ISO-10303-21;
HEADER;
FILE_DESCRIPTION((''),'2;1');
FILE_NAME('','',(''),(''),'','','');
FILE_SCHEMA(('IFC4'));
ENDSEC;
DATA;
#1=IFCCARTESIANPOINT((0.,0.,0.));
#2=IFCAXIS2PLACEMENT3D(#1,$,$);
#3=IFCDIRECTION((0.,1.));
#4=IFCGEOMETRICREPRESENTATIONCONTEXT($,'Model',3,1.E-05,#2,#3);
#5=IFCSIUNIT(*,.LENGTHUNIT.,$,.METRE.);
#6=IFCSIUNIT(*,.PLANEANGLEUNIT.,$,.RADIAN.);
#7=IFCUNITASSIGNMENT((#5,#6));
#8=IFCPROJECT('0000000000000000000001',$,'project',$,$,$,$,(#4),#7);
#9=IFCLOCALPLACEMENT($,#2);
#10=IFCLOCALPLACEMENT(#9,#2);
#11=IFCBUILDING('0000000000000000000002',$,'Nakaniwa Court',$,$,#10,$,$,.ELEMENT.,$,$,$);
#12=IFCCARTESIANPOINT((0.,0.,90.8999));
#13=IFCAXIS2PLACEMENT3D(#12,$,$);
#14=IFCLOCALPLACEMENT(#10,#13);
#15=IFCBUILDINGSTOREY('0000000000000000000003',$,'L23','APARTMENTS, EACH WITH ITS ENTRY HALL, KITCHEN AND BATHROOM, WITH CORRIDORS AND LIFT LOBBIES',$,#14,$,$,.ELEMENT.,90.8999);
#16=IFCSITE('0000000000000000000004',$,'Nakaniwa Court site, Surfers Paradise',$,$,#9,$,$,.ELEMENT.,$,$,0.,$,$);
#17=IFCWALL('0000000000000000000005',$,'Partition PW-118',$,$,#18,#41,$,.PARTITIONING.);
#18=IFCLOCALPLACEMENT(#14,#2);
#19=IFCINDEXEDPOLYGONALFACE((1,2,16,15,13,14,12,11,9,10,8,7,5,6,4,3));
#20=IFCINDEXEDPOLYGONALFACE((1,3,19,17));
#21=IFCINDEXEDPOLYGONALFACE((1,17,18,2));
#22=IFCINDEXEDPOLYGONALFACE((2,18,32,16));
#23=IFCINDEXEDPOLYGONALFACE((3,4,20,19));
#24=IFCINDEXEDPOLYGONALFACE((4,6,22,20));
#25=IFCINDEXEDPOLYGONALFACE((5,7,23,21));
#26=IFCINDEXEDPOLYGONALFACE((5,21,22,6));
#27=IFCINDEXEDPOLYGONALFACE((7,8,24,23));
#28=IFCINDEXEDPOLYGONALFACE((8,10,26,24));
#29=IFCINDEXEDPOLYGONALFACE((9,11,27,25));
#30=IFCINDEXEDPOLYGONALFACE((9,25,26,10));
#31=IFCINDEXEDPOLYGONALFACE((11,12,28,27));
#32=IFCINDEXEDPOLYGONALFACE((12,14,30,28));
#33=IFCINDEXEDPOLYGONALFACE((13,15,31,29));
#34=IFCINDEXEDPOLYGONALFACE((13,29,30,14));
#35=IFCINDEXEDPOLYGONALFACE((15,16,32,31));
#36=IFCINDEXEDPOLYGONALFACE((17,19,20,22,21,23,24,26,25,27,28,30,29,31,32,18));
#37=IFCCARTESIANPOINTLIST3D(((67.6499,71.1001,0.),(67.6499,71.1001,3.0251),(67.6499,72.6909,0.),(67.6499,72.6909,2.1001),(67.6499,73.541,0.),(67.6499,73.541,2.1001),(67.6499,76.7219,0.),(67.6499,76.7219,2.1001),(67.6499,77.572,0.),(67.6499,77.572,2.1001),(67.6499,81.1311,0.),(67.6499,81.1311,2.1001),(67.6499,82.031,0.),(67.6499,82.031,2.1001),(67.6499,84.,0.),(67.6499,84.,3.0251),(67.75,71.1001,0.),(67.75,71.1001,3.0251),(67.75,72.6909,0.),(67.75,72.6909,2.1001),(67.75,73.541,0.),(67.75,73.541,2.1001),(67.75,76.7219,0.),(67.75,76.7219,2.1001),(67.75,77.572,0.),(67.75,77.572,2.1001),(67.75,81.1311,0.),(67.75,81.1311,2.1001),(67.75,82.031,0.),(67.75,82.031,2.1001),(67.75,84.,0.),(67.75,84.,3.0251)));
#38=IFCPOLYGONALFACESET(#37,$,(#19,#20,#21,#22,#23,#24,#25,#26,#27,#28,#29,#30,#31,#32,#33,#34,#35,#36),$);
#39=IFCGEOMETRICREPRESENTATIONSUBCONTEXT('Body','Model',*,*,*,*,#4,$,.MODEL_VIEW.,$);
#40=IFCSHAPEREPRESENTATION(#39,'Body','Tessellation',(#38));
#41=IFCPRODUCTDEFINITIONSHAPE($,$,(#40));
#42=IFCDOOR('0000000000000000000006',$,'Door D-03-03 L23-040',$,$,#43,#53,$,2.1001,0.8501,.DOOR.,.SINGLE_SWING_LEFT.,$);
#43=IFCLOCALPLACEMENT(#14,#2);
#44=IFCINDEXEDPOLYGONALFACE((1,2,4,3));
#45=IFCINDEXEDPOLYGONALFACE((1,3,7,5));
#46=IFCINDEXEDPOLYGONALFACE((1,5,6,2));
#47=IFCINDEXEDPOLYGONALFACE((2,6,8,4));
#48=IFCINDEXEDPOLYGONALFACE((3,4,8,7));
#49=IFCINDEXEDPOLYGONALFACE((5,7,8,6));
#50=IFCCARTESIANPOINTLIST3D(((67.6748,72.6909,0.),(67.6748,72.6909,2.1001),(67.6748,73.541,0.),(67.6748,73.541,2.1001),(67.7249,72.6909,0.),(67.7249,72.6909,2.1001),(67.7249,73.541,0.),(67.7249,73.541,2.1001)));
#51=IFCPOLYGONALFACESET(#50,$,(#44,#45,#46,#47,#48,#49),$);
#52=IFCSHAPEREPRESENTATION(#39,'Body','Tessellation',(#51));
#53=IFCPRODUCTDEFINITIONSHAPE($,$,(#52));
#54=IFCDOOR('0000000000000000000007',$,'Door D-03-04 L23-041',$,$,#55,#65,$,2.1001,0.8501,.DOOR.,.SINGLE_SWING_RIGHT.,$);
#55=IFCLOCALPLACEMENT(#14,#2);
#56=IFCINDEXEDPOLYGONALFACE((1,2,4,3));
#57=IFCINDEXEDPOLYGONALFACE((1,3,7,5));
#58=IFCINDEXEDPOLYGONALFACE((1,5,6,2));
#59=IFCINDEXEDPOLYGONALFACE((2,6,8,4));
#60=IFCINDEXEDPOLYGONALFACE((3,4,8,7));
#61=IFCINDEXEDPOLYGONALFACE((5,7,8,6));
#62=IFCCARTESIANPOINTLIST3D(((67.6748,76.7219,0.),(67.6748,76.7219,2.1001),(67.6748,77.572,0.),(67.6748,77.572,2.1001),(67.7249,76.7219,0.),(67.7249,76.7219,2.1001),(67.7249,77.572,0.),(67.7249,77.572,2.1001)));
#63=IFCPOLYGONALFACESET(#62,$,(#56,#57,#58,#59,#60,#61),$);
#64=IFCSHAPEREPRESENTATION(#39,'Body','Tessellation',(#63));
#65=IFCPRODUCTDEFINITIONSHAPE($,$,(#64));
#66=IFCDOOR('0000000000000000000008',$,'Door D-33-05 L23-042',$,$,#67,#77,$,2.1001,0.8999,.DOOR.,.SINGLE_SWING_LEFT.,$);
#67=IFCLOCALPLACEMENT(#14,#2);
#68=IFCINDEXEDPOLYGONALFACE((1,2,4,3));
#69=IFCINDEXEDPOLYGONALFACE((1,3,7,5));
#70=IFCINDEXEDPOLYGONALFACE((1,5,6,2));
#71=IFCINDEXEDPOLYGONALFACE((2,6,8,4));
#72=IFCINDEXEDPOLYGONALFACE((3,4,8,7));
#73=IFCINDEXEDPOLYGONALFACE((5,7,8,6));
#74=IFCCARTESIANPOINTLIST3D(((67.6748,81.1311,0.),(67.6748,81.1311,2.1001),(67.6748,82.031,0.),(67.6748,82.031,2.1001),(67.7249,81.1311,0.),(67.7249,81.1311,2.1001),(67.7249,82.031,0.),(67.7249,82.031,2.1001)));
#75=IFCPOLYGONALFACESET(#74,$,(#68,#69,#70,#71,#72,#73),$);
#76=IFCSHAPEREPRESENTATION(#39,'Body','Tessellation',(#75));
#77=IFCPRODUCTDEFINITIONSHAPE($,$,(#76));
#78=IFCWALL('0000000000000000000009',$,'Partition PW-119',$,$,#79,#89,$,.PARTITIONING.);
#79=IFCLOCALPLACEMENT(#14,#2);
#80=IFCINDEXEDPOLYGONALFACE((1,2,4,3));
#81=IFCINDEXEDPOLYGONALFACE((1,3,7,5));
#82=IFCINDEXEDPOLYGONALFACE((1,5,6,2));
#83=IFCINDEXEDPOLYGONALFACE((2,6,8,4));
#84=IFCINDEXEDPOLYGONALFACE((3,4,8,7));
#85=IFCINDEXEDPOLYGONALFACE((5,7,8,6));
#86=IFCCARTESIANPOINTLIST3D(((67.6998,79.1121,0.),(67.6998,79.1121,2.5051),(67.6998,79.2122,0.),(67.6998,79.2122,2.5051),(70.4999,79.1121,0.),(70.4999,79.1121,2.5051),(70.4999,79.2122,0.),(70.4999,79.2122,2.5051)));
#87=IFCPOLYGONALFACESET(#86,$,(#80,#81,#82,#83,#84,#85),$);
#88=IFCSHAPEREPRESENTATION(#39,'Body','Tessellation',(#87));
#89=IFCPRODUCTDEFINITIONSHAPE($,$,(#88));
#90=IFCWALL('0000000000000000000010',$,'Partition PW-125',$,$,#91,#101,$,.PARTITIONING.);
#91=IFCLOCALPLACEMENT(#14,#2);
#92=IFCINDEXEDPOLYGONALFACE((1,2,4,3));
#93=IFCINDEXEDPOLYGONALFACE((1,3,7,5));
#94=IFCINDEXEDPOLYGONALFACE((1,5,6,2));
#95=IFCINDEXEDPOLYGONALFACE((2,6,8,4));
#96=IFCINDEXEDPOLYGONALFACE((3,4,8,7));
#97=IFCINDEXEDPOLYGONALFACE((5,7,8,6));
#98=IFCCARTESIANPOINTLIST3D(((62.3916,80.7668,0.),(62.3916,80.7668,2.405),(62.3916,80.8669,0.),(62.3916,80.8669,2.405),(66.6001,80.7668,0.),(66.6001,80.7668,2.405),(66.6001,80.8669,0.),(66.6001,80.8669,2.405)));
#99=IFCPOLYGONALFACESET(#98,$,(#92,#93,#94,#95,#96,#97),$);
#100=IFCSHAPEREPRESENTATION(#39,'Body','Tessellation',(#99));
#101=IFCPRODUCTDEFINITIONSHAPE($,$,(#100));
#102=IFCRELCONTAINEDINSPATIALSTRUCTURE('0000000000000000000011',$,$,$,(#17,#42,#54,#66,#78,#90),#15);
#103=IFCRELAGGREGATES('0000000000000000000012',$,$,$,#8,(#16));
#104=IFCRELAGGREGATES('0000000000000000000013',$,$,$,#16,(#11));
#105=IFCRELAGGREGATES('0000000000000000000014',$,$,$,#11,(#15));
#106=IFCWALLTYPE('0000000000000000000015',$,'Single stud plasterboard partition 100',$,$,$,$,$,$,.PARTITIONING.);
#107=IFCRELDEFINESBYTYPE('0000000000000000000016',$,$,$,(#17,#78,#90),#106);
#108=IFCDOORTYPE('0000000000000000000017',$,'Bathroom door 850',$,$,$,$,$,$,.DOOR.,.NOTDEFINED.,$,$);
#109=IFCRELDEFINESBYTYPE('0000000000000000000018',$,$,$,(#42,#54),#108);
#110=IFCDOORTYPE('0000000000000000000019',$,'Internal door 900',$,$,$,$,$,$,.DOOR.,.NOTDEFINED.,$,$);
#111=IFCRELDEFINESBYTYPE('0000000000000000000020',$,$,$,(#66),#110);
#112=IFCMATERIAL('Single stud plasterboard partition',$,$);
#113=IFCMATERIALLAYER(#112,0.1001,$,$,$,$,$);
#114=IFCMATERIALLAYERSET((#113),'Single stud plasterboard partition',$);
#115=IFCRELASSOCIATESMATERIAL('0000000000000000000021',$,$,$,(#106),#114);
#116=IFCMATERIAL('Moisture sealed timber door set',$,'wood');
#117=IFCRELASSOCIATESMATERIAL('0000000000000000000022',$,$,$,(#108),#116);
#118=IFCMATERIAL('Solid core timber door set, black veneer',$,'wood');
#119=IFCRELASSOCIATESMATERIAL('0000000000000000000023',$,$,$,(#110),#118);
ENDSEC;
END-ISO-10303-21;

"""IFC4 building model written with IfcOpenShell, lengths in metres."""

from ifc_helpers import new_model, si_unit, direction, frame, frame_2d, origin, place, context, subcontext, project, spatial, rectangle, extrude, material, layer, layer_set, type_object, element, fill, save


model = new_model("IFC4")

# Units and contexts
model_context = context("Model", 3, precision=1e-05, world=origin(), true_north=direction((0.0, 1.0)))
body_context = subcontext(model_context, "Body", "Model", "MODEL_VIEW")
ifc_project = project(units=[si_unit("LENGTHUNIT", "METRE"), si_unit("PLANEANGLEUNIT", "RADIAN")], contexts=[model_context])

# Site, building, storey
site_placement = place(None, origin())
site = spatial("IfcSite", under=ifc_project, at=site_placement, Name="Nakaniwa Court site, Surfers Paradise", CompositionType="ELEMENT", RefElevation=0.0)
building_placement = place(site_placement, origin())
building = spatial("IfcBuilding", under=site, at=building_placement, Name="Nakaniwa Court", CompositionType="ELEMENT")
storey_placement = place(building_placement, frame((0.0, 0.0, 90.8999)))
storey = spatial("IfcBuildingStorey", under=building, at=storey_placement, Name="L23", Description="APARTMENTS, EACH WITH ITS ENTRY HALL, KITCHEN AND BATHROOM, WITH CORRIDORS AND LIFT LOBBIES", CompositionType="ELEMENT", Elevation=90.8999)

# Wall, openings, doors
ifc_material_1 = material(Name="Single stud plasterboard partition")
ifc_layer_1 = layer(ifc_material_1, 0.1001)
ifc_layer_set_1 = layer_set([ifc_layer_1], Name="Single stud plasterboard partition")
wall_type_1 = type_object("IfcWallType", Name="Single stud plasterboard partition 100", PredefinedType="PARTITIONING", material=ifc_layer_set_1)
wall_1_placement = place(storey_placement, frame((67.7, 84.0, 0.0), z_axis=(0.0, 0.0, 1.0), x_axis=(0.0, -1.0, 0.0)))
wall_1 = element("IfcWall", 1, at=wall_1_placement, inside=storey, type_object=wall_type_1, Name="Partition PW-118", PredefinedType="PARTITIONING", context=body_context, shape_type="SweptSolid", body=[
    extrude(rectangle(XDim=12.8999, YDim=0.1001, at=frame_2d((6.45, 0.0))), origin(), (0.0, 0.0, 1.0), 3.0251),
])
opening_1_placement = place(wall_1_placement, frame((10.459, 0.0, 0.0)))
opening_1 = element("IfcOpeningElement", 2, at=opening_1_placement, cuts=wall_1, PredefinedType="OPENING", context=body_context, shape_type="SweptSolid", body=[
    extrude(rectangle(XDim=0.8501, YDim=2.1001, at=frame_2d((0.425, 1.05))), frame((0.0, 0.0601, 0.0), z_axis=(0.0, -1.0, 0.0), x_axis=(1.0, 0.0, 0.0)), (0.0, 0.0, 1.0), 0.1201),
])
opening_2_placement = place(wall_1_placement, frame((6.428, 0.0, 0.0)))
opening_2 = element("IfcOpeningElement", 3, at=opening_2_placement, cuts=wall_1, PredefinedType="OPENING", context=body_context, shape_type="SweptSolid", body=[
    extrude(rectangle(XDim=0.8501, YDim=2.1001, at=frame_2d((0.425, 1.05))), frame((0.0, 0.0601, 0.0), z_axis=(0.0, -1.0, 0.0), x_axis=(1.0, 0.0, 0.0)), (0.0, 0.0, 1.0), 0.1201),
])
opening_3_placement = place(wall_1_placement, frame((1.969, 0.0, 0.0)))
opening_3 = element("IfcOpeningElement", 4, at=opening_3_placement, cuts=wall_1, PredefinedType="OPENING", context=body_context, shape_type="SweptSolid", body=[
    extrude(rectangle(XDim=0.8999, YDim=2.1001, at=frame_2d((0.45, 1.05))), frame((0.0, 0.0601, 0.0), z_axis=(0.0, -1.0, 0.0), x_axis=(1.0, 0.0, 0.0)), (0.0, 0.0, 1.0), 0.1201),
])
ifc_material_2 = material(Name="Moisture sealed timber door set", Category="wood")
door_type_1 = type_object("IfcDoorType", Name="Bathroom door 850", OperationType="NOTDEFINED", PredefinedType="DOOR", material=ifc_material_2)
door_1_placement = place(opening_1_placement, origin())
door_1 = element("IfcDoor", 5, at=door_1_placement, inside=storey, type_object=door_type_1, Name="Door D-03-03 L23-040", OperationType="SINGLE_SWING_LEFT", OverallHeight=2.1001, OverallWidth=0.8501, PredefinedType="DOOR", context=body_context, shape_type="SweptSolid", body=[
    extrude(rectangle(XDim=0.8501, YDim=2.1001, at=frame_2d((0.425, 1.05))), frame((0.0, 0.0249, 0.0), z_axis=(0.0, -1.0, 0.0), x_axis=(1.0, 0.0, 0.0)), (0.0, 0.0, 1.0), 0.05),
])
fill(opening_1, door_1)
door_2_placement = place(opening_2_placement, origin())
door_2 = element("IfcDoor", 6, at=door_2_placement, inside=storey, type_object=door_type_1, Name="Door D-03-04 L23-041", OperationType="SINGLE_SWING_RIGHT", OverallHeight=2.1001, OverallWidth=0.8501, PredefinedType="DOOR", context=body_context, shape_type="SweptSolid", body=[
    extrude(rectangle(XDim=0.8501, YDim=2.1001, at=frame_2d((0.425, 1.05))), frame((0.0, 0.0249, 0.0), z_axis=(0.0, -1.0, 0.0), x_axis=(1.0, 0.0, 0.0)), (0.0, 0.0, 1.0), 0.05),
])
fill(opening_2, door_2)
ifc_material_3 = material(Name="Solid core timber door set, black veneer", Category="wood")
door_type_2 = type_object("IfcDoorType", Name="Internal door 900", OperationType="NOTDEFINED", PredefinedType="DOOR", material=ifc_material_3)
door_3_placement = place(opening_3_placement, origin())
door_3 = element("IfcDoor", 7, at=door_3_placement, inside=storey, type_object=door_type_2, Name="Door D-33-05 L23-042", OperationType="SINGLE_SWING_LEFT", OverallHeight=2.1001, OverallWidth=0.8999, PredefinedType="DOOR", context=body_context, shape_type="SweptSolid", body=[
    extrude(rectangle(XDim=0.8999, YDim=2.1001, at=frame_2d((0.45, 1.05))), frame((0.0, 0.0249, 0.0), z_axis=(0.0, -1.0, 0.0), x_axis=(1.0, 0.0, 0.0)), (0.0, 0.0, 1.0), 0.05),
])
fill(opening_3, door_3)

# Walls
wall_2_placement = place(storey_placement, frame((67.7, 79.1621, 0.0), z_axis=(0.0, 0.0, 1.0), x_axis=(1.0, 0.0, 0.0)))
element("IfcWall", 8, at=wall_2_placement, inside=storey, type_object=wall_type_1, Name="Partition PW-119", PredefinedType="PARTITIONING", context=body_context, shape_type="SweptSolid", body=[
    extrude(rectangle(XDim=2.8, YDim=0.1001, at=frame_2d((1.3999, 0.0))), origin(), (0.0, 0.0, 1.0), 2.5051),
])
wall_3_placement = place(storey_placement, frame((62.3916, 80.8169, 0.0), z_axis=(0.0, 0.0, 1.0), x_axis=(1.0, 0.0, 0.0)))
element("IfcWall", 9, at=wall_3_placement, inside=storey, type_object=wall_type_1, Name="Partition PW-125", PredefinedType="PARTITIONING", context=body_context, shape_type="SweptSolid", body=[
    extrude(rectangle(XDim=4.2085, YDim=0.1001, at=frame_2d((2.1042, 0.0))), origin(), (0.0, 0.0, 1.0), 2.405),
])

save(model, "model.ifc")
